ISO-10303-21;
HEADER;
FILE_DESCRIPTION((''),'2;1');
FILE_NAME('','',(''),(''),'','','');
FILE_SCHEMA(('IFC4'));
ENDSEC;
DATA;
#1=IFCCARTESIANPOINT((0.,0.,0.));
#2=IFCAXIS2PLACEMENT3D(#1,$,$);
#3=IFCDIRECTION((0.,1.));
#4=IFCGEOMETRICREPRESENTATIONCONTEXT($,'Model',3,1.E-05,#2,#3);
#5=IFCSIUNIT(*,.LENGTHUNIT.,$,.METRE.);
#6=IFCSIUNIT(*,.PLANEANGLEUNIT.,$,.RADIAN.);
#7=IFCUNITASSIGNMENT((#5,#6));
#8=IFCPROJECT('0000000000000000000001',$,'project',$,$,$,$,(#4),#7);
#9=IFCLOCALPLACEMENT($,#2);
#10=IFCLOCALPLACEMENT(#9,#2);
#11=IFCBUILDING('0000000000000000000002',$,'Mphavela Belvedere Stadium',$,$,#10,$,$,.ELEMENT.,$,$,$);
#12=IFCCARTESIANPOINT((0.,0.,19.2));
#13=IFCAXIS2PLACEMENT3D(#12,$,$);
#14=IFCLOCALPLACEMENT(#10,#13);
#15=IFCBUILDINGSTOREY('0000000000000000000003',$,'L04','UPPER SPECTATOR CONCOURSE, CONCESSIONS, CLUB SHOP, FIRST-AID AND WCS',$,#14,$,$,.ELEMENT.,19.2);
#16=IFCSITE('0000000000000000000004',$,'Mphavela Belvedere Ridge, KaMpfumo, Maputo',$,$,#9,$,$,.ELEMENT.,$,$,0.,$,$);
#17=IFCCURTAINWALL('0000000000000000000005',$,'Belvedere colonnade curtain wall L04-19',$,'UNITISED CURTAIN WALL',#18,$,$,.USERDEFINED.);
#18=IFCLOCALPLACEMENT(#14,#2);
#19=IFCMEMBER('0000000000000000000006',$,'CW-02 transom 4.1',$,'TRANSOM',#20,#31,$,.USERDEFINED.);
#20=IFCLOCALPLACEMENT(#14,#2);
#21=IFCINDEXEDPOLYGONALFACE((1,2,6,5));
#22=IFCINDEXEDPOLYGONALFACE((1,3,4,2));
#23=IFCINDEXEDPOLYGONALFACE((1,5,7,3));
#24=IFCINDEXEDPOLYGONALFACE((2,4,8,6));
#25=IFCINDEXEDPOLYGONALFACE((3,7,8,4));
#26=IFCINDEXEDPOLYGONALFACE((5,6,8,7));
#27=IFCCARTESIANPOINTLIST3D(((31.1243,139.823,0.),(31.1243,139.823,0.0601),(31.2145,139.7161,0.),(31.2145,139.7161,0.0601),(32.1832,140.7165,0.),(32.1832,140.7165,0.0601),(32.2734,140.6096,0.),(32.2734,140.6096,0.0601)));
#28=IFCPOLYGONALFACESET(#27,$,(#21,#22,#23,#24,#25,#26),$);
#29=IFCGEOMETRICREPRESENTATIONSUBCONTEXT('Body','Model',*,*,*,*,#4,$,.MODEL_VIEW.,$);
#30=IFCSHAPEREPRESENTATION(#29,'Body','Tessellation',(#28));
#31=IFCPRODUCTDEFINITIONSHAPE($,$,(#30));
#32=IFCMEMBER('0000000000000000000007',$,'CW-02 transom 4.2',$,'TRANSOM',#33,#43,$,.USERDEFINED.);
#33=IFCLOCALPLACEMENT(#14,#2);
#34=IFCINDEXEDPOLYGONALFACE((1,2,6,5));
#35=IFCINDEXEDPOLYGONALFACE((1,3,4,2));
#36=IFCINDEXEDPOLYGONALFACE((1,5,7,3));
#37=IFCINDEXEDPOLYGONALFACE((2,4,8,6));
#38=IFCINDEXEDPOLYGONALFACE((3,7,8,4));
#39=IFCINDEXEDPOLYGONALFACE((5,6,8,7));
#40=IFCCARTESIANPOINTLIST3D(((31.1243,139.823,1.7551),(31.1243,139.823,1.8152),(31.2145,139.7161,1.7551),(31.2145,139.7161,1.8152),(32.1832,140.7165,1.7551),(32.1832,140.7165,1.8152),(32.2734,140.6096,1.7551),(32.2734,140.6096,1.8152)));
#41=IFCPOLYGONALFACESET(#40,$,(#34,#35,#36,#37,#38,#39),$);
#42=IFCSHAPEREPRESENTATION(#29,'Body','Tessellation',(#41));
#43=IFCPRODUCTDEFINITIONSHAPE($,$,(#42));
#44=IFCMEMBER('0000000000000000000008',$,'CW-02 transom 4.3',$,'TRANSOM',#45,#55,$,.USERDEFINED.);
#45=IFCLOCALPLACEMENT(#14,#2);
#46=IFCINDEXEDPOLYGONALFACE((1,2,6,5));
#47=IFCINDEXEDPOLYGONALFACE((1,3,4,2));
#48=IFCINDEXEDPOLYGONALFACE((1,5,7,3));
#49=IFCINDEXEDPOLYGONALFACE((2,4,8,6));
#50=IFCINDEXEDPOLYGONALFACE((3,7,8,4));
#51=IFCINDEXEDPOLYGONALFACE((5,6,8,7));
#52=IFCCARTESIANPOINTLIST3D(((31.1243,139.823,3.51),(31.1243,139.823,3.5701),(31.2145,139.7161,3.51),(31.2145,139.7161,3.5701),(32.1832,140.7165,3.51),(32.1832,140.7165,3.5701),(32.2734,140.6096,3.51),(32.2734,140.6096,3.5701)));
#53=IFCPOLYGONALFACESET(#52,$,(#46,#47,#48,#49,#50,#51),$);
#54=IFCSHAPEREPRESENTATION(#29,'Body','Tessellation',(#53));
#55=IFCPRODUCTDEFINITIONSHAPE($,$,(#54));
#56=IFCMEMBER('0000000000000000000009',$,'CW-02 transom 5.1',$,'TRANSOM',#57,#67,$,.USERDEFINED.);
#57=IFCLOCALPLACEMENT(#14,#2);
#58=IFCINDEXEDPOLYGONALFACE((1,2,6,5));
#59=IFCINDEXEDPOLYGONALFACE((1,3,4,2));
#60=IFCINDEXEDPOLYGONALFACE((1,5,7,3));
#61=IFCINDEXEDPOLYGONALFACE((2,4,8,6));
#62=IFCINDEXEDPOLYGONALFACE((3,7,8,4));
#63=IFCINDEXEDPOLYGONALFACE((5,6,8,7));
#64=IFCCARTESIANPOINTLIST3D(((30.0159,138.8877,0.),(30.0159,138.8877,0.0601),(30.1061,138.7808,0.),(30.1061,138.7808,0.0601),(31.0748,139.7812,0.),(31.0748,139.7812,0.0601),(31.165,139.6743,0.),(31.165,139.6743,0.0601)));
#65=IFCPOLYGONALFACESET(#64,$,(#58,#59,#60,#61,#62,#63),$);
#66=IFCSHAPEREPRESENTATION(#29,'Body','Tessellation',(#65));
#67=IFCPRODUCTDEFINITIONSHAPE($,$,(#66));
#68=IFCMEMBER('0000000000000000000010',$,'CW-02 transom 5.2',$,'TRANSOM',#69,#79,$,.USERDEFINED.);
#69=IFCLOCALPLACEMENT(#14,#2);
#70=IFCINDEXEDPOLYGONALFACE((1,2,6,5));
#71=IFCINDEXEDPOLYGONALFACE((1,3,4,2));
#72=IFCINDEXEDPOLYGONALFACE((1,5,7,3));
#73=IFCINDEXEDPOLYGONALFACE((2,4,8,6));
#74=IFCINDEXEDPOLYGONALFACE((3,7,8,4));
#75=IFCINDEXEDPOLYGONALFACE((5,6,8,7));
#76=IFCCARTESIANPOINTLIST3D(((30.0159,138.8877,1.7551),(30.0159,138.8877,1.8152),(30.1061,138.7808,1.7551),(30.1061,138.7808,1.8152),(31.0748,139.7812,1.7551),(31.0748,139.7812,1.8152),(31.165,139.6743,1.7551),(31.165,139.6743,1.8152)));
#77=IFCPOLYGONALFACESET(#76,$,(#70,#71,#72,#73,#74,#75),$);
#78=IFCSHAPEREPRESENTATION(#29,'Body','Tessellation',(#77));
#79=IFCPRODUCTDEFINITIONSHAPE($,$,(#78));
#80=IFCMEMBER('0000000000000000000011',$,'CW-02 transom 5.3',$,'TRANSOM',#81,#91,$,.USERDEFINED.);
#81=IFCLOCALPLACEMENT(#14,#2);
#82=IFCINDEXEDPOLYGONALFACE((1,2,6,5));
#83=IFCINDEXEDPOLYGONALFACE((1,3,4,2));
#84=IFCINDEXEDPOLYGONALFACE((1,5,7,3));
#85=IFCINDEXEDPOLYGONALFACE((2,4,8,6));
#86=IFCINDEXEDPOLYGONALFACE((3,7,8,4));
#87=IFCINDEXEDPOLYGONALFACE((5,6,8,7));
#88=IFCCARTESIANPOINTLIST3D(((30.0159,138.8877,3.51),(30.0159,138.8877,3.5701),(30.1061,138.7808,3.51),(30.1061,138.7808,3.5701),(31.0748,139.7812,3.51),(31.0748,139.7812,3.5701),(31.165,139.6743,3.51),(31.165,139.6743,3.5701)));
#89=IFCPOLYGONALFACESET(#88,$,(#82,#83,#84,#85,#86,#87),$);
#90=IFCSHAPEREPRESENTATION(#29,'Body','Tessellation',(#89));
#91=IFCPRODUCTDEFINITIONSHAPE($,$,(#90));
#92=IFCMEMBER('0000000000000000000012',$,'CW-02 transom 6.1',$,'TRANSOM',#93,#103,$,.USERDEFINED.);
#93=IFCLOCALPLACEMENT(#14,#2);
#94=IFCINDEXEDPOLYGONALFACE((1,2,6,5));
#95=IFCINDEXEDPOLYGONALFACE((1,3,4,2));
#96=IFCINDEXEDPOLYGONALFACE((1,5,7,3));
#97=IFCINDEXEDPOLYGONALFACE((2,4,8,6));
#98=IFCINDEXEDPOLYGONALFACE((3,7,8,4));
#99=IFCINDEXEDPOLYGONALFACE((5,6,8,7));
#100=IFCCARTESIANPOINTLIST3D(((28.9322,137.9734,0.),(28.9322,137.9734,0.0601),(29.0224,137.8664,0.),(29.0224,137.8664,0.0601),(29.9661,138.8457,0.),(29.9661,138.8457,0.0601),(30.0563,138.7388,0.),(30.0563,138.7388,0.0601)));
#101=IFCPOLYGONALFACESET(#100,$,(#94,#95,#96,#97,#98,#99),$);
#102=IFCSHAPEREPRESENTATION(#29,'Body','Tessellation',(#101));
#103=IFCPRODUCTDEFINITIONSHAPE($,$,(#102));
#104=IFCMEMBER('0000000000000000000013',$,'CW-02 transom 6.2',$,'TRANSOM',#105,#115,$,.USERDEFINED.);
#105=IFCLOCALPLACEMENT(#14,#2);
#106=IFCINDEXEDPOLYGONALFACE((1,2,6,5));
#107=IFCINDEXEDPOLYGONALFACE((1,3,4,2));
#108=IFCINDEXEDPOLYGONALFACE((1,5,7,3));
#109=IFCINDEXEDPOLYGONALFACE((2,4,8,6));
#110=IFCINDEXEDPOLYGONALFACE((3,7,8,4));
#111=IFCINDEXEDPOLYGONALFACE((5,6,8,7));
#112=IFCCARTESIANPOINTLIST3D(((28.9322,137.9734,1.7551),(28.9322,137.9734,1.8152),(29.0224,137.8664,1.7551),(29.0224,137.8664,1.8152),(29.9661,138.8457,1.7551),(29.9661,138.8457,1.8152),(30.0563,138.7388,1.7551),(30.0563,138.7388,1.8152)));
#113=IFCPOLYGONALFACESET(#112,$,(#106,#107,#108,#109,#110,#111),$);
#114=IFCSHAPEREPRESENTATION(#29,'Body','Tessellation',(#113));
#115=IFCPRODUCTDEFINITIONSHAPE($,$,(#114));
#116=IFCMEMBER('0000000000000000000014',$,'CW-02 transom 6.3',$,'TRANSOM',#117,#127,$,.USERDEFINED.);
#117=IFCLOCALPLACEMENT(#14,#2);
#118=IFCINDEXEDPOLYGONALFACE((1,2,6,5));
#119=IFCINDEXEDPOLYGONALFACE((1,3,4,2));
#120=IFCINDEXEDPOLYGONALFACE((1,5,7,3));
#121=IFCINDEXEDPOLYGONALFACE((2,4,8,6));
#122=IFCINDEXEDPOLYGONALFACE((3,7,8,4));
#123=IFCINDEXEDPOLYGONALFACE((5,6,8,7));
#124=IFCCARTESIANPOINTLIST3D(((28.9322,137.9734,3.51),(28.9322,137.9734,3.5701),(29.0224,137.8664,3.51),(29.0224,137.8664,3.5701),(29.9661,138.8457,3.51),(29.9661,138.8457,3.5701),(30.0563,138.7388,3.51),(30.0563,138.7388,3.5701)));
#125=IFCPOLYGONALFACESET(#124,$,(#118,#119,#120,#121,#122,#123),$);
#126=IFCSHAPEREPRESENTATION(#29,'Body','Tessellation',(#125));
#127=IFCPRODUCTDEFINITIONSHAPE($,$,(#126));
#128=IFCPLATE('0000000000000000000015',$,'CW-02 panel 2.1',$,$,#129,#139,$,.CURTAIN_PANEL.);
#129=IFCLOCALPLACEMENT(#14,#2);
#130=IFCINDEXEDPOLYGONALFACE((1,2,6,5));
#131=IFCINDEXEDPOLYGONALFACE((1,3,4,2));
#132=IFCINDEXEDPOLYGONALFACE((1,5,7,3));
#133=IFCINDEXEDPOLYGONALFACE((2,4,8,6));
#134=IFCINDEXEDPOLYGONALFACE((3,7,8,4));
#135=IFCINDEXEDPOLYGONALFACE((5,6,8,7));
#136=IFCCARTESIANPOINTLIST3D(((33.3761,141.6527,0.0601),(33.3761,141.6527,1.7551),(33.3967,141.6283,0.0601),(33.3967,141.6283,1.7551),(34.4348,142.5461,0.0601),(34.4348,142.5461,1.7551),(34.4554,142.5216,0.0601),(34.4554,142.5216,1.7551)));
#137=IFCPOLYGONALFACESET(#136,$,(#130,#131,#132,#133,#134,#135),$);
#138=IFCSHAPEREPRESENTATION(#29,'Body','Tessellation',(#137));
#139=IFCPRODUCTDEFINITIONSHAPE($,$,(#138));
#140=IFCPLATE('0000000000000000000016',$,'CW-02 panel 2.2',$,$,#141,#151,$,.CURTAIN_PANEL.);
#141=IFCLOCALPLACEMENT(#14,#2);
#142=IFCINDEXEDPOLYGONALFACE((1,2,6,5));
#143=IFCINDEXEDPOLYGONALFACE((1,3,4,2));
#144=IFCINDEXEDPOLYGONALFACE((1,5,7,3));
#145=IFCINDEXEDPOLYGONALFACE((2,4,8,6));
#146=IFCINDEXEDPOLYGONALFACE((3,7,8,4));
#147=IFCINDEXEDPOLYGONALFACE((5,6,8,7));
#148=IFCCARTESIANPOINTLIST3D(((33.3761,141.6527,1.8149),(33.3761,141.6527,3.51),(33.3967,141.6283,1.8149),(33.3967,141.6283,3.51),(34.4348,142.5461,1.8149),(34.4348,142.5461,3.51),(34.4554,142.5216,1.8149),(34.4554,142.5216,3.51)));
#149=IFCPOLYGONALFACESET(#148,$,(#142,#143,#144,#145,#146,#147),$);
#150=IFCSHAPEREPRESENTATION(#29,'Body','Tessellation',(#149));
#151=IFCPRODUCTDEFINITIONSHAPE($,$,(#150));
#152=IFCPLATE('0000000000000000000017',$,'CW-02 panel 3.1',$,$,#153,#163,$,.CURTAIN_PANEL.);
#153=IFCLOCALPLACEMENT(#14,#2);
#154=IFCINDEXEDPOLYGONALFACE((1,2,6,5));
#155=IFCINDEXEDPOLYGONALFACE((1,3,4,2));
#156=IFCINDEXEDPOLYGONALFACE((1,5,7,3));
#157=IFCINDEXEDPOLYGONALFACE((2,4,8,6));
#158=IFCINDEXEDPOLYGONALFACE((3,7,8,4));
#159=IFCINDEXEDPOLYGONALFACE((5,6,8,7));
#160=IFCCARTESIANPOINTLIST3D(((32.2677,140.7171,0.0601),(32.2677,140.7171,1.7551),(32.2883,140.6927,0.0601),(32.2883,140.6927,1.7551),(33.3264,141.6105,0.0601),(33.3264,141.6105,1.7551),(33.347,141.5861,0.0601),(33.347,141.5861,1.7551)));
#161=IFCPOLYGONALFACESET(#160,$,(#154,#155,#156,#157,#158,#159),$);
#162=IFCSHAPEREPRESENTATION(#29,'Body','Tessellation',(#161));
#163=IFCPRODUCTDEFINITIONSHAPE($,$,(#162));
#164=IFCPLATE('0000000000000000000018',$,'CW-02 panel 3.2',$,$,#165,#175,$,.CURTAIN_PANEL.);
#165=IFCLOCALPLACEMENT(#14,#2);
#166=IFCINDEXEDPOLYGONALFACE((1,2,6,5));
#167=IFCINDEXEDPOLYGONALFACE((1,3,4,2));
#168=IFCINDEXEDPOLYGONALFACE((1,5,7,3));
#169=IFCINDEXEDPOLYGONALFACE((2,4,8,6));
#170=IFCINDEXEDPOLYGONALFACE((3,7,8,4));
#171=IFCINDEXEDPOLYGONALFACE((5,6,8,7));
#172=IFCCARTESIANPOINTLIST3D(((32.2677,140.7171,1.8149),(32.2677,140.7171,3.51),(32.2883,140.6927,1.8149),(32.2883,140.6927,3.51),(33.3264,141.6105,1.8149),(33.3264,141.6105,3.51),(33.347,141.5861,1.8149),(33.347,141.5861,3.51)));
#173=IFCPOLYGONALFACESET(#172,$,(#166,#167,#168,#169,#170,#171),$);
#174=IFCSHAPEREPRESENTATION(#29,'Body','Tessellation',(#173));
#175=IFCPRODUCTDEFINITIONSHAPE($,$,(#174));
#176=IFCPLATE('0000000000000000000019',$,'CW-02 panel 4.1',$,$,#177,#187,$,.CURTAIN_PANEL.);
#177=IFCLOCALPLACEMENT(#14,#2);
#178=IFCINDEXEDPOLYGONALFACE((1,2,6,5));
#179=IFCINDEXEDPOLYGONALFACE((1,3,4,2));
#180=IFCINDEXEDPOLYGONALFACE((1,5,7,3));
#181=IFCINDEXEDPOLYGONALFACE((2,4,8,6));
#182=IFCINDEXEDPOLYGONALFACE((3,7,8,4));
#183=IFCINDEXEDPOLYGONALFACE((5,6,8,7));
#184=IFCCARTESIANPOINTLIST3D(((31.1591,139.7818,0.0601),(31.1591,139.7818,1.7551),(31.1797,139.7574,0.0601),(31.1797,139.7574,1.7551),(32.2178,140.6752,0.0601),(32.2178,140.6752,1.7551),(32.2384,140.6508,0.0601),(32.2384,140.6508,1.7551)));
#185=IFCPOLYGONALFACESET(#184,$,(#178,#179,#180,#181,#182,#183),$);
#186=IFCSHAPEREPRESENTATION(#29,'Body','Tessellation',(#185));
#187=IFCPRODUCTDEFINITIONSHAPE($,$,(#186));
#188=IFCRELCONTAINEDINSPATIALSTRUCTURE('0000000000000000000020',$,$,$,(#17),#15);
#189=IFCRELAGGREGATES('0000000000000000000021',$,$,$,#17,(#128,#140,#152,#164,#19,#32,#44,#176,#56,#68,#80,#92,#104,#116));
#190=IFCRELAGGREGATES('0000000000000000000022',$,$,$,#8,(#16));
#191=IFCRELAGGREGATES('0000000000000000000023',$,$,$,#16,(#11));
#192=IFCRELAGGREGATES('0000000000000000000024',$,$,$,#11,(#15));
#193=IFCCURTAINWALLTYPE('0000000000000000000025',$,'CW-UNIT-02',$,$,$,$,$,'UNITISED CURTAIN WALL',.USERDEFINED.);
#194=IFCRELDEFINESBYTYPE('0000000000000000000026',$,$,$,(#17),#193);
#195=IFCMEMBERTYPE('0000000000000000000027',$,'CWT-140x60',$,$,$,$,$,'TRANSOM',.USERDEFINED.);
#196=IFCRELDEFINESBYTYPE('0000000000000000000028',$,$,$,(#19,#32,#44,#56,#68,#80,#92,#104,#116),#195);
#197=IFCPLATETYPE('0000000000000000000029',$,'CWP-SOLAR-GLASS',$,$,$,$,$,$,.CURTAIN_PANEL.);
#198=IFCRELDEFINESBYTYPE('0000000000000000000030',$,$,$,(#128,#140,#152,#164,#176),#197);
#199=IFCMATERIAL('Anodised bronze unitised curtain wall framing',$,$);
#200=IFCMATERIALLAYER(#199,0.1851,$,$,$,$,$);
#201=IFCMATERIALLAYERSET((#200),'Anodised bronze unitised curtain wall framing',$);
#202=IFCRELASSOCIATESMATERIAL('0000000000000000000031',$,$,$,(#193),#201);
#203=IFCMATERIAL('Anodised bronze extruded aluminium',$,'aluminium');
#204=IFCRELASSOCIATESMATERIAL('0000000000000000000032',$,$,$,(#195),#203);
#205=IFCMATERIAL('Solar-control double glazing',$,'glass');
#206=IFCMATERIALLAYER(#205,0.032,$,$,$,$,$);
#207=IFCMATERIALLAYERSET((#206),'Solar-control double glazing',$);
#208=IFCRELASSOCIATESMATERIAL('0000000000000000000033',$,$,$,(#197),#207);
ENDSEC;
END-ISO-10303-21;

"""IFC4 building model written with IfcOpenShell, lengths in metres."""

from ifc_helpers import new_model, si_unit, direction, frame, origin, origin_2d, place, context, subcontext, project, spatial, rectangle, extrude, material, layer, layer_set, material_profile, profile_set, type_object, element, aggregate, save


model = new_model("IFC4")

# Units and contexts
model_context = context("Model", 3, precision=1e-05, world=origin(), true_north=direction((0.0, 1.0)))
body_context = subcontext(model_context, "Body", "Model", "MODEL_VIEW")
ifc_project = project(units=[si_unit("LENGTHUNIT", "METRE"), si_unit("PLANEANGLEUNIT", "RADIAN")], contexts=[model_context])

# Site, building, storey
site_placement = place(None, origin())
site = spatial("IfcSite", under=ifc_project, at=site_placement, Name="Mphavela Belvedere Ridge, KaMpfumo, Maputo", CompositionType="ELEMENT", RefElevation=0.0)
building_placement = place(site_placement, origin())
building = spatial("IfcBuilding", under=site, at=building_placement, Name="Mphavela Belvedere Stadium", CompositionType="ELEMENT")
storey_placement = place(building_placement, frame((0.0, 0.0, 19.2)))
storey = spatial("IfcBuildingStorey", under=building, at=storey_placement, Name="L04", Description="UPPER SPECTATOR CONCOURSE, CONCESSIONS, CLUB SHOP, FIRST-AID AND WCS", CompositionType="ELEMENT", Elevation=19.2)

# Curtain wall, members, plates
ifc_material_1 = material(Name="Anodised bronze unitised curtain wall framing")
ifc_layer_1 = layer(ifc_material_1, 0.1851)
ifc_layer_set_1 = layer_set([ifc_layer_1], Name="Anodised bronze unitised curtain wall framing")
curtain_wall_type = type_object("IfcCurtainWallType", Name="CW-UNIT-02", ElementType="UNITISED CURTAIN WALL", PredefinedType="USERDEFINED", material=ifc_layer_set_1)
curtain_wall_placement = place(storey_placement, origin())
curtain_wall = element("IfcCurtainWall", 1, at=curtain_wall_placement, inside=storey, type_object=curtain_wall_type, Name="Belvedere colonnade curtain wall L04-19", ObjectType="UNITISED CURTAIN WALL", PredefinedType="USERDEFINED")
ifc_material_2 = material(Name="Anodised bronze extruded aluminium", Category="aluminium")
ifc_material_profile_1 = material_profile(ifc_material_2, rectangle(XDim=0.1399, YDim=0.0601, at=origin_2d()), Name="CW-TRN 140x60")
ifc_profile_set_1 = profile_set([ifc_material_profile_1], Name="Anodised bronze extruded aluminium")
member_type_1 = type_object("IfcMemberType", Name="CWT-140x60", ElementType="TRANSOM", PredefinedType="USERDEFINED", material=ifc_profile_set_1)
member_1_placement = place(storey_placement, frame((32.2283, 140.6631, 0.03), z_axis=(-0.764234, -0.644938, 0.0), x_axis=(0.644938, -0.764234, 0.0)))
member_1 = element("IfcMember", 2, at=member_1_placement, type_object=member_type_1, Name="CW-02 transom 4.1", ObjectType="TRANSOM", PredefinedType="USERDEFINED", context=body_context, shape_type="SweptSolid", body=[
    extrude(rectangle(XDim=0.1399, YDim=0.0601, at=origin_2d()), origin(), (0.0, 0.0, 1.0), 1.3855),
])
member_2_placement = place(storey_placement, frame((32.2283, 140.6631, 1.7852), z_axis=(-0.764234, -0.644938, 0.0), x_axis=(0.644938, -0.764234, 0.0)))
member_2 = element("IfcMember", 3, at=member_2_placement, type_object=member_type_1, Name="CW-02 transom 4.2", ObjectType="TRANSOM", PredefinedType="USERDEFINED", context=body_context, shape_type="SweptSolid", body=[
    extrude(rectangle(XDim=0.1399, YDim=0.0601, at=origin_2d()), origin(), (0.0, 0.0, 1.0), 1.3855),
])
member_3_placement = place(storey_placement, frame((32.2283, 140.6631, 3.54), z_axis=(-0.764234, -0.644938, 0.0), x_axis=(0.644938, -0.764234, 0.0)))
member_3 = element("IfcMember", 4, at=member_3_placement, type_object=member_type_1, Name="CW-02 transom 4.3", ObjectType="TRANSOM", PredefinedType="USERDEFINED", context=body_context, shape_type="SweptSolid", body=[
    extrude(rectangle(XDim=0.1399, YDim=0.0601, at=origin_2d()), origin(), (0.0, 0.0, 1.0), 1.3855),
])
member_4_placement = place(storey_placement, frame((31.1199, 139.7278, 0.03), z_axis=(-0.764234, -0.644938, 0.0), x_axis=(0.644938, -0.764234, 0.0)))
member_4 = element("IfcMember", 5, at=member_4_placement, type_object=member_type_1, Name="CW-02 transom 5.1", ObjectType="TRANSOM", PredefinedType="USERDEFINED", context=body_context, shape_type="SweptSolid", body=[
    extrude(rectangle(XDim=0.1399, YDim=0.0601, at=origin_2d()), origin(), (0.0, 0.0, 1.0), 1.3855),
])
member_5_placement = place(storey_placement, frame((31.1199, 139.7278, 1.7852), z_axis=(-0.764234, -0.644938, 0.0), x_axis=(0.644938, -0.764234, 0.0)))
member_5 = element("IfcMember", 6, at=member_5_placement, type_object=member_type_1, Name="CW-02 transom 5.2", ObjectType="TRANSOM", PredefinedType="USERDEFINED", context=body_context, shape_type="SweptSolid", body=[
    extrude(rectangle(XDim=0.1399, YDim=0.0601, at=origin_2d()), origin(), (0.0, 0.0, 1.0), 1.3855),
])
member_6_placement = place(storey_placement, frame((31.1199, 139.7278, 3.54), z_axis=(-0.764234, -0.644938, 0.0), x_axis=(0.644938, -0.764234, 0.0)))
member_6 = element("IfcMember", 7, at=member_6_placement, type_object=member_type_1, Name="CW-02 transom 5.3", ObjectType="TRANSOM", PredefinedType="USERDEFINED", context=body_context, shape_type="SweptSolid", body=[
    extrude(rectangle(XDim=0.1399, YDim=0.0601, at=origin_2d()), origin(), (0.0, 0.0, 1.0), 1.3855),
])
member_7_placement = place(storey_placement, frame((30.0112, 138.7922, 0.03), z_axis=(-0.764317, -0.644841, 0.0), x_axis=(0.644841, -0.764317, 0.0)))
member_7 = element("IfcMember", 8, at=member_7_placement, type_object=member_type_1, Name="CW-02 transom 6.1", ObjectType="TRANSOM", PredefinedType="USERDEFINED", context=body_context, shape_type="SweptSolid", body=[
    extrude(rectangle(XDim=0.1399, YDim=0.0601, at=origin_2d()), origin(), (0.0, 0.0, 1.0), 1.3528),
])
member_8_placement = place(storey_placement, frame((30.0112, 138.7922, 1.7852), z_axis=(-0.764317, -0.644841, 0.0), x_axis=(0.644841, -0.764317, 0.0)))
member_8 = element("IfcMember", 9, at=member_8_placement, type_object=member_type_1, Name="CW-02 transom 6.2", ObjectType="TRANSOM", PredefinedType="USERDEFINED", context=body_context, shape_type="SweptSolid", body=[
    extrude(rectangle(XDim=0.1399, YDim=0.0601, at=origin_2d()), origin(), (0.0, 0.0, 1.0), 1.3528),
])
member_9_placement = place(storey_placement, frame((30.0112, 138.7922, 3.54), z_axis=(-0.764317, -0.644841, 0.0), x_axis=(0.644841, -0.764317, 0.0)))
member_9 = element("IfcMember", 10, at=member_9_placement, type_object=member_type_1, Name="CW-02 transom 6.3", ObjectType="TRANSOM", PredefinedType="USERDEFINED", context=body_context, shape_type="SweptSolid", body=[
    extrude(rectangle(XDim=0.1399, YDim=0.0601, at=origin_2d()), origin(), (0.0, 0.0, 1.0), 1.3528),
])
ifc_material_3 = material(Name="Solar-control double glazing", Category="glass")
ifc_layer_2 = layer(ifc_material_3, 0.032)
ifc_layer_set_2 = layer_set([ifc_layer_2], Name="Solar-control double glazing")
plate_type = type_object("IfcPlateType", Name="CWP-SOLAR-GLASS", PredefinedType="CURTAIN_PANEL", material=ifc_layer_set_2)
plate_1_placement = place(storey_placement, frame((33.9158, 142.0872, 0.0601), z_axis=(0.0, 0.0, 1.0), x_axis=(-0.764253, -0.644916, 0.0)))
plate_1 = element("IfcPlate", 11, at=plate_1_placement, type_object=plate_type, Name="CW-02 panel 2.1", PredefinedType="CURTAIN_PANEL", context=body_context, shape_type="SweptSolid", body=[
    extrude(rectangle(XDim=1.3853, YDim=0.032, at=origin_2d()), origin(), (0.0, 0.0, 1.0), 1.6951),
])
plate_2_placement = place(storey_placement, frame((33.9158, 142.0872, 1.8149), z_axis=(0.0, 0.0, 1.0), x_axis=(-0.764253, -0.644916, 0.0)))
plate_2 = element("IfcPlate", 12, at=plate_2_placement, type_object=plate_type, Name="CW-02 panel 2.2", PredefinedType="CURTAIN_PANEL", context=body_context, shape_type="SweptSolid", body=[
    extrude(rectangle(XDim=1.3853, YDim=0.032, at=origin_2d()), origin(), (0.0, 0.0, 1.0), 1.6951),
])
plate_3_placement = place(storey_placement, frame((32.8074, 141.1516, 0.0601), z_axis=(0.0, 0.0, 1.0), x_axis=(-0.764253, -0.644916, 0.0)))
plate_3 = element("IfcPlate", 13, at=plate_3_placement, type_object=plate_type, Name="CW-02 panel 3.1", PredefinedType="CURTAIN_PANEL", context=body_context, shape_type="SweptSolid", body=[
    extrude(rectangle(XDim=1.3853, YDim=0.032, at=origin_2d()), origin(), (0.0, 0.0, 1.0), 1.6951),
])
plate_4_placement = place(storey_placement, frame((32.8074, 141.1516, 1.8149), z_axis=(0.0, 0.0, 1.0), x_axis=(-0.764253, -0.644916, 0.0)))
plate_4 = element("IfcPlate", 14, at=plate_4_placement, type_object=plate_type, Name="CW-02 panel 3.2", PredefinedType="CURTAIN_PANEL", context=body_context, shape_type="SweptSolid", body=[
    extrude(rectangle(XDim=1.3853, YDim=0.032, at=origin_2d()), origin(), (0.0, 0.0, 1.0), 1.6951),
])
plate_5_placement = place(storey_placement, frame((31.6987, 140.2163, 0.0601), z_axis=(0.0, 0.0, 1.0), x_axis=(-0.764253, -0.644916, 0.0)))
plate_5 = element("IfcPlate", 15, at=plate_5_placement, type_object=plate_type, Name="CW-02 panel 4.1", PredefinedType="CURTAIN_PANEL", context=body_context, shape_type="SweptSolid", body=[
    extrude(rectangle(XDim=1.3853, YDim=0.032, at=origin_2d()), origin(), (0.0, 0.0, 1.0), 1.6951),
])
aggregate(curtain_wall, [plate_1, plate_2, plate_3, plate_4, member_1, member_2, member_3, plate_5, member_4, member_5, member_6, member_7, member_8, member_9])

save(model, "model.ifc")
